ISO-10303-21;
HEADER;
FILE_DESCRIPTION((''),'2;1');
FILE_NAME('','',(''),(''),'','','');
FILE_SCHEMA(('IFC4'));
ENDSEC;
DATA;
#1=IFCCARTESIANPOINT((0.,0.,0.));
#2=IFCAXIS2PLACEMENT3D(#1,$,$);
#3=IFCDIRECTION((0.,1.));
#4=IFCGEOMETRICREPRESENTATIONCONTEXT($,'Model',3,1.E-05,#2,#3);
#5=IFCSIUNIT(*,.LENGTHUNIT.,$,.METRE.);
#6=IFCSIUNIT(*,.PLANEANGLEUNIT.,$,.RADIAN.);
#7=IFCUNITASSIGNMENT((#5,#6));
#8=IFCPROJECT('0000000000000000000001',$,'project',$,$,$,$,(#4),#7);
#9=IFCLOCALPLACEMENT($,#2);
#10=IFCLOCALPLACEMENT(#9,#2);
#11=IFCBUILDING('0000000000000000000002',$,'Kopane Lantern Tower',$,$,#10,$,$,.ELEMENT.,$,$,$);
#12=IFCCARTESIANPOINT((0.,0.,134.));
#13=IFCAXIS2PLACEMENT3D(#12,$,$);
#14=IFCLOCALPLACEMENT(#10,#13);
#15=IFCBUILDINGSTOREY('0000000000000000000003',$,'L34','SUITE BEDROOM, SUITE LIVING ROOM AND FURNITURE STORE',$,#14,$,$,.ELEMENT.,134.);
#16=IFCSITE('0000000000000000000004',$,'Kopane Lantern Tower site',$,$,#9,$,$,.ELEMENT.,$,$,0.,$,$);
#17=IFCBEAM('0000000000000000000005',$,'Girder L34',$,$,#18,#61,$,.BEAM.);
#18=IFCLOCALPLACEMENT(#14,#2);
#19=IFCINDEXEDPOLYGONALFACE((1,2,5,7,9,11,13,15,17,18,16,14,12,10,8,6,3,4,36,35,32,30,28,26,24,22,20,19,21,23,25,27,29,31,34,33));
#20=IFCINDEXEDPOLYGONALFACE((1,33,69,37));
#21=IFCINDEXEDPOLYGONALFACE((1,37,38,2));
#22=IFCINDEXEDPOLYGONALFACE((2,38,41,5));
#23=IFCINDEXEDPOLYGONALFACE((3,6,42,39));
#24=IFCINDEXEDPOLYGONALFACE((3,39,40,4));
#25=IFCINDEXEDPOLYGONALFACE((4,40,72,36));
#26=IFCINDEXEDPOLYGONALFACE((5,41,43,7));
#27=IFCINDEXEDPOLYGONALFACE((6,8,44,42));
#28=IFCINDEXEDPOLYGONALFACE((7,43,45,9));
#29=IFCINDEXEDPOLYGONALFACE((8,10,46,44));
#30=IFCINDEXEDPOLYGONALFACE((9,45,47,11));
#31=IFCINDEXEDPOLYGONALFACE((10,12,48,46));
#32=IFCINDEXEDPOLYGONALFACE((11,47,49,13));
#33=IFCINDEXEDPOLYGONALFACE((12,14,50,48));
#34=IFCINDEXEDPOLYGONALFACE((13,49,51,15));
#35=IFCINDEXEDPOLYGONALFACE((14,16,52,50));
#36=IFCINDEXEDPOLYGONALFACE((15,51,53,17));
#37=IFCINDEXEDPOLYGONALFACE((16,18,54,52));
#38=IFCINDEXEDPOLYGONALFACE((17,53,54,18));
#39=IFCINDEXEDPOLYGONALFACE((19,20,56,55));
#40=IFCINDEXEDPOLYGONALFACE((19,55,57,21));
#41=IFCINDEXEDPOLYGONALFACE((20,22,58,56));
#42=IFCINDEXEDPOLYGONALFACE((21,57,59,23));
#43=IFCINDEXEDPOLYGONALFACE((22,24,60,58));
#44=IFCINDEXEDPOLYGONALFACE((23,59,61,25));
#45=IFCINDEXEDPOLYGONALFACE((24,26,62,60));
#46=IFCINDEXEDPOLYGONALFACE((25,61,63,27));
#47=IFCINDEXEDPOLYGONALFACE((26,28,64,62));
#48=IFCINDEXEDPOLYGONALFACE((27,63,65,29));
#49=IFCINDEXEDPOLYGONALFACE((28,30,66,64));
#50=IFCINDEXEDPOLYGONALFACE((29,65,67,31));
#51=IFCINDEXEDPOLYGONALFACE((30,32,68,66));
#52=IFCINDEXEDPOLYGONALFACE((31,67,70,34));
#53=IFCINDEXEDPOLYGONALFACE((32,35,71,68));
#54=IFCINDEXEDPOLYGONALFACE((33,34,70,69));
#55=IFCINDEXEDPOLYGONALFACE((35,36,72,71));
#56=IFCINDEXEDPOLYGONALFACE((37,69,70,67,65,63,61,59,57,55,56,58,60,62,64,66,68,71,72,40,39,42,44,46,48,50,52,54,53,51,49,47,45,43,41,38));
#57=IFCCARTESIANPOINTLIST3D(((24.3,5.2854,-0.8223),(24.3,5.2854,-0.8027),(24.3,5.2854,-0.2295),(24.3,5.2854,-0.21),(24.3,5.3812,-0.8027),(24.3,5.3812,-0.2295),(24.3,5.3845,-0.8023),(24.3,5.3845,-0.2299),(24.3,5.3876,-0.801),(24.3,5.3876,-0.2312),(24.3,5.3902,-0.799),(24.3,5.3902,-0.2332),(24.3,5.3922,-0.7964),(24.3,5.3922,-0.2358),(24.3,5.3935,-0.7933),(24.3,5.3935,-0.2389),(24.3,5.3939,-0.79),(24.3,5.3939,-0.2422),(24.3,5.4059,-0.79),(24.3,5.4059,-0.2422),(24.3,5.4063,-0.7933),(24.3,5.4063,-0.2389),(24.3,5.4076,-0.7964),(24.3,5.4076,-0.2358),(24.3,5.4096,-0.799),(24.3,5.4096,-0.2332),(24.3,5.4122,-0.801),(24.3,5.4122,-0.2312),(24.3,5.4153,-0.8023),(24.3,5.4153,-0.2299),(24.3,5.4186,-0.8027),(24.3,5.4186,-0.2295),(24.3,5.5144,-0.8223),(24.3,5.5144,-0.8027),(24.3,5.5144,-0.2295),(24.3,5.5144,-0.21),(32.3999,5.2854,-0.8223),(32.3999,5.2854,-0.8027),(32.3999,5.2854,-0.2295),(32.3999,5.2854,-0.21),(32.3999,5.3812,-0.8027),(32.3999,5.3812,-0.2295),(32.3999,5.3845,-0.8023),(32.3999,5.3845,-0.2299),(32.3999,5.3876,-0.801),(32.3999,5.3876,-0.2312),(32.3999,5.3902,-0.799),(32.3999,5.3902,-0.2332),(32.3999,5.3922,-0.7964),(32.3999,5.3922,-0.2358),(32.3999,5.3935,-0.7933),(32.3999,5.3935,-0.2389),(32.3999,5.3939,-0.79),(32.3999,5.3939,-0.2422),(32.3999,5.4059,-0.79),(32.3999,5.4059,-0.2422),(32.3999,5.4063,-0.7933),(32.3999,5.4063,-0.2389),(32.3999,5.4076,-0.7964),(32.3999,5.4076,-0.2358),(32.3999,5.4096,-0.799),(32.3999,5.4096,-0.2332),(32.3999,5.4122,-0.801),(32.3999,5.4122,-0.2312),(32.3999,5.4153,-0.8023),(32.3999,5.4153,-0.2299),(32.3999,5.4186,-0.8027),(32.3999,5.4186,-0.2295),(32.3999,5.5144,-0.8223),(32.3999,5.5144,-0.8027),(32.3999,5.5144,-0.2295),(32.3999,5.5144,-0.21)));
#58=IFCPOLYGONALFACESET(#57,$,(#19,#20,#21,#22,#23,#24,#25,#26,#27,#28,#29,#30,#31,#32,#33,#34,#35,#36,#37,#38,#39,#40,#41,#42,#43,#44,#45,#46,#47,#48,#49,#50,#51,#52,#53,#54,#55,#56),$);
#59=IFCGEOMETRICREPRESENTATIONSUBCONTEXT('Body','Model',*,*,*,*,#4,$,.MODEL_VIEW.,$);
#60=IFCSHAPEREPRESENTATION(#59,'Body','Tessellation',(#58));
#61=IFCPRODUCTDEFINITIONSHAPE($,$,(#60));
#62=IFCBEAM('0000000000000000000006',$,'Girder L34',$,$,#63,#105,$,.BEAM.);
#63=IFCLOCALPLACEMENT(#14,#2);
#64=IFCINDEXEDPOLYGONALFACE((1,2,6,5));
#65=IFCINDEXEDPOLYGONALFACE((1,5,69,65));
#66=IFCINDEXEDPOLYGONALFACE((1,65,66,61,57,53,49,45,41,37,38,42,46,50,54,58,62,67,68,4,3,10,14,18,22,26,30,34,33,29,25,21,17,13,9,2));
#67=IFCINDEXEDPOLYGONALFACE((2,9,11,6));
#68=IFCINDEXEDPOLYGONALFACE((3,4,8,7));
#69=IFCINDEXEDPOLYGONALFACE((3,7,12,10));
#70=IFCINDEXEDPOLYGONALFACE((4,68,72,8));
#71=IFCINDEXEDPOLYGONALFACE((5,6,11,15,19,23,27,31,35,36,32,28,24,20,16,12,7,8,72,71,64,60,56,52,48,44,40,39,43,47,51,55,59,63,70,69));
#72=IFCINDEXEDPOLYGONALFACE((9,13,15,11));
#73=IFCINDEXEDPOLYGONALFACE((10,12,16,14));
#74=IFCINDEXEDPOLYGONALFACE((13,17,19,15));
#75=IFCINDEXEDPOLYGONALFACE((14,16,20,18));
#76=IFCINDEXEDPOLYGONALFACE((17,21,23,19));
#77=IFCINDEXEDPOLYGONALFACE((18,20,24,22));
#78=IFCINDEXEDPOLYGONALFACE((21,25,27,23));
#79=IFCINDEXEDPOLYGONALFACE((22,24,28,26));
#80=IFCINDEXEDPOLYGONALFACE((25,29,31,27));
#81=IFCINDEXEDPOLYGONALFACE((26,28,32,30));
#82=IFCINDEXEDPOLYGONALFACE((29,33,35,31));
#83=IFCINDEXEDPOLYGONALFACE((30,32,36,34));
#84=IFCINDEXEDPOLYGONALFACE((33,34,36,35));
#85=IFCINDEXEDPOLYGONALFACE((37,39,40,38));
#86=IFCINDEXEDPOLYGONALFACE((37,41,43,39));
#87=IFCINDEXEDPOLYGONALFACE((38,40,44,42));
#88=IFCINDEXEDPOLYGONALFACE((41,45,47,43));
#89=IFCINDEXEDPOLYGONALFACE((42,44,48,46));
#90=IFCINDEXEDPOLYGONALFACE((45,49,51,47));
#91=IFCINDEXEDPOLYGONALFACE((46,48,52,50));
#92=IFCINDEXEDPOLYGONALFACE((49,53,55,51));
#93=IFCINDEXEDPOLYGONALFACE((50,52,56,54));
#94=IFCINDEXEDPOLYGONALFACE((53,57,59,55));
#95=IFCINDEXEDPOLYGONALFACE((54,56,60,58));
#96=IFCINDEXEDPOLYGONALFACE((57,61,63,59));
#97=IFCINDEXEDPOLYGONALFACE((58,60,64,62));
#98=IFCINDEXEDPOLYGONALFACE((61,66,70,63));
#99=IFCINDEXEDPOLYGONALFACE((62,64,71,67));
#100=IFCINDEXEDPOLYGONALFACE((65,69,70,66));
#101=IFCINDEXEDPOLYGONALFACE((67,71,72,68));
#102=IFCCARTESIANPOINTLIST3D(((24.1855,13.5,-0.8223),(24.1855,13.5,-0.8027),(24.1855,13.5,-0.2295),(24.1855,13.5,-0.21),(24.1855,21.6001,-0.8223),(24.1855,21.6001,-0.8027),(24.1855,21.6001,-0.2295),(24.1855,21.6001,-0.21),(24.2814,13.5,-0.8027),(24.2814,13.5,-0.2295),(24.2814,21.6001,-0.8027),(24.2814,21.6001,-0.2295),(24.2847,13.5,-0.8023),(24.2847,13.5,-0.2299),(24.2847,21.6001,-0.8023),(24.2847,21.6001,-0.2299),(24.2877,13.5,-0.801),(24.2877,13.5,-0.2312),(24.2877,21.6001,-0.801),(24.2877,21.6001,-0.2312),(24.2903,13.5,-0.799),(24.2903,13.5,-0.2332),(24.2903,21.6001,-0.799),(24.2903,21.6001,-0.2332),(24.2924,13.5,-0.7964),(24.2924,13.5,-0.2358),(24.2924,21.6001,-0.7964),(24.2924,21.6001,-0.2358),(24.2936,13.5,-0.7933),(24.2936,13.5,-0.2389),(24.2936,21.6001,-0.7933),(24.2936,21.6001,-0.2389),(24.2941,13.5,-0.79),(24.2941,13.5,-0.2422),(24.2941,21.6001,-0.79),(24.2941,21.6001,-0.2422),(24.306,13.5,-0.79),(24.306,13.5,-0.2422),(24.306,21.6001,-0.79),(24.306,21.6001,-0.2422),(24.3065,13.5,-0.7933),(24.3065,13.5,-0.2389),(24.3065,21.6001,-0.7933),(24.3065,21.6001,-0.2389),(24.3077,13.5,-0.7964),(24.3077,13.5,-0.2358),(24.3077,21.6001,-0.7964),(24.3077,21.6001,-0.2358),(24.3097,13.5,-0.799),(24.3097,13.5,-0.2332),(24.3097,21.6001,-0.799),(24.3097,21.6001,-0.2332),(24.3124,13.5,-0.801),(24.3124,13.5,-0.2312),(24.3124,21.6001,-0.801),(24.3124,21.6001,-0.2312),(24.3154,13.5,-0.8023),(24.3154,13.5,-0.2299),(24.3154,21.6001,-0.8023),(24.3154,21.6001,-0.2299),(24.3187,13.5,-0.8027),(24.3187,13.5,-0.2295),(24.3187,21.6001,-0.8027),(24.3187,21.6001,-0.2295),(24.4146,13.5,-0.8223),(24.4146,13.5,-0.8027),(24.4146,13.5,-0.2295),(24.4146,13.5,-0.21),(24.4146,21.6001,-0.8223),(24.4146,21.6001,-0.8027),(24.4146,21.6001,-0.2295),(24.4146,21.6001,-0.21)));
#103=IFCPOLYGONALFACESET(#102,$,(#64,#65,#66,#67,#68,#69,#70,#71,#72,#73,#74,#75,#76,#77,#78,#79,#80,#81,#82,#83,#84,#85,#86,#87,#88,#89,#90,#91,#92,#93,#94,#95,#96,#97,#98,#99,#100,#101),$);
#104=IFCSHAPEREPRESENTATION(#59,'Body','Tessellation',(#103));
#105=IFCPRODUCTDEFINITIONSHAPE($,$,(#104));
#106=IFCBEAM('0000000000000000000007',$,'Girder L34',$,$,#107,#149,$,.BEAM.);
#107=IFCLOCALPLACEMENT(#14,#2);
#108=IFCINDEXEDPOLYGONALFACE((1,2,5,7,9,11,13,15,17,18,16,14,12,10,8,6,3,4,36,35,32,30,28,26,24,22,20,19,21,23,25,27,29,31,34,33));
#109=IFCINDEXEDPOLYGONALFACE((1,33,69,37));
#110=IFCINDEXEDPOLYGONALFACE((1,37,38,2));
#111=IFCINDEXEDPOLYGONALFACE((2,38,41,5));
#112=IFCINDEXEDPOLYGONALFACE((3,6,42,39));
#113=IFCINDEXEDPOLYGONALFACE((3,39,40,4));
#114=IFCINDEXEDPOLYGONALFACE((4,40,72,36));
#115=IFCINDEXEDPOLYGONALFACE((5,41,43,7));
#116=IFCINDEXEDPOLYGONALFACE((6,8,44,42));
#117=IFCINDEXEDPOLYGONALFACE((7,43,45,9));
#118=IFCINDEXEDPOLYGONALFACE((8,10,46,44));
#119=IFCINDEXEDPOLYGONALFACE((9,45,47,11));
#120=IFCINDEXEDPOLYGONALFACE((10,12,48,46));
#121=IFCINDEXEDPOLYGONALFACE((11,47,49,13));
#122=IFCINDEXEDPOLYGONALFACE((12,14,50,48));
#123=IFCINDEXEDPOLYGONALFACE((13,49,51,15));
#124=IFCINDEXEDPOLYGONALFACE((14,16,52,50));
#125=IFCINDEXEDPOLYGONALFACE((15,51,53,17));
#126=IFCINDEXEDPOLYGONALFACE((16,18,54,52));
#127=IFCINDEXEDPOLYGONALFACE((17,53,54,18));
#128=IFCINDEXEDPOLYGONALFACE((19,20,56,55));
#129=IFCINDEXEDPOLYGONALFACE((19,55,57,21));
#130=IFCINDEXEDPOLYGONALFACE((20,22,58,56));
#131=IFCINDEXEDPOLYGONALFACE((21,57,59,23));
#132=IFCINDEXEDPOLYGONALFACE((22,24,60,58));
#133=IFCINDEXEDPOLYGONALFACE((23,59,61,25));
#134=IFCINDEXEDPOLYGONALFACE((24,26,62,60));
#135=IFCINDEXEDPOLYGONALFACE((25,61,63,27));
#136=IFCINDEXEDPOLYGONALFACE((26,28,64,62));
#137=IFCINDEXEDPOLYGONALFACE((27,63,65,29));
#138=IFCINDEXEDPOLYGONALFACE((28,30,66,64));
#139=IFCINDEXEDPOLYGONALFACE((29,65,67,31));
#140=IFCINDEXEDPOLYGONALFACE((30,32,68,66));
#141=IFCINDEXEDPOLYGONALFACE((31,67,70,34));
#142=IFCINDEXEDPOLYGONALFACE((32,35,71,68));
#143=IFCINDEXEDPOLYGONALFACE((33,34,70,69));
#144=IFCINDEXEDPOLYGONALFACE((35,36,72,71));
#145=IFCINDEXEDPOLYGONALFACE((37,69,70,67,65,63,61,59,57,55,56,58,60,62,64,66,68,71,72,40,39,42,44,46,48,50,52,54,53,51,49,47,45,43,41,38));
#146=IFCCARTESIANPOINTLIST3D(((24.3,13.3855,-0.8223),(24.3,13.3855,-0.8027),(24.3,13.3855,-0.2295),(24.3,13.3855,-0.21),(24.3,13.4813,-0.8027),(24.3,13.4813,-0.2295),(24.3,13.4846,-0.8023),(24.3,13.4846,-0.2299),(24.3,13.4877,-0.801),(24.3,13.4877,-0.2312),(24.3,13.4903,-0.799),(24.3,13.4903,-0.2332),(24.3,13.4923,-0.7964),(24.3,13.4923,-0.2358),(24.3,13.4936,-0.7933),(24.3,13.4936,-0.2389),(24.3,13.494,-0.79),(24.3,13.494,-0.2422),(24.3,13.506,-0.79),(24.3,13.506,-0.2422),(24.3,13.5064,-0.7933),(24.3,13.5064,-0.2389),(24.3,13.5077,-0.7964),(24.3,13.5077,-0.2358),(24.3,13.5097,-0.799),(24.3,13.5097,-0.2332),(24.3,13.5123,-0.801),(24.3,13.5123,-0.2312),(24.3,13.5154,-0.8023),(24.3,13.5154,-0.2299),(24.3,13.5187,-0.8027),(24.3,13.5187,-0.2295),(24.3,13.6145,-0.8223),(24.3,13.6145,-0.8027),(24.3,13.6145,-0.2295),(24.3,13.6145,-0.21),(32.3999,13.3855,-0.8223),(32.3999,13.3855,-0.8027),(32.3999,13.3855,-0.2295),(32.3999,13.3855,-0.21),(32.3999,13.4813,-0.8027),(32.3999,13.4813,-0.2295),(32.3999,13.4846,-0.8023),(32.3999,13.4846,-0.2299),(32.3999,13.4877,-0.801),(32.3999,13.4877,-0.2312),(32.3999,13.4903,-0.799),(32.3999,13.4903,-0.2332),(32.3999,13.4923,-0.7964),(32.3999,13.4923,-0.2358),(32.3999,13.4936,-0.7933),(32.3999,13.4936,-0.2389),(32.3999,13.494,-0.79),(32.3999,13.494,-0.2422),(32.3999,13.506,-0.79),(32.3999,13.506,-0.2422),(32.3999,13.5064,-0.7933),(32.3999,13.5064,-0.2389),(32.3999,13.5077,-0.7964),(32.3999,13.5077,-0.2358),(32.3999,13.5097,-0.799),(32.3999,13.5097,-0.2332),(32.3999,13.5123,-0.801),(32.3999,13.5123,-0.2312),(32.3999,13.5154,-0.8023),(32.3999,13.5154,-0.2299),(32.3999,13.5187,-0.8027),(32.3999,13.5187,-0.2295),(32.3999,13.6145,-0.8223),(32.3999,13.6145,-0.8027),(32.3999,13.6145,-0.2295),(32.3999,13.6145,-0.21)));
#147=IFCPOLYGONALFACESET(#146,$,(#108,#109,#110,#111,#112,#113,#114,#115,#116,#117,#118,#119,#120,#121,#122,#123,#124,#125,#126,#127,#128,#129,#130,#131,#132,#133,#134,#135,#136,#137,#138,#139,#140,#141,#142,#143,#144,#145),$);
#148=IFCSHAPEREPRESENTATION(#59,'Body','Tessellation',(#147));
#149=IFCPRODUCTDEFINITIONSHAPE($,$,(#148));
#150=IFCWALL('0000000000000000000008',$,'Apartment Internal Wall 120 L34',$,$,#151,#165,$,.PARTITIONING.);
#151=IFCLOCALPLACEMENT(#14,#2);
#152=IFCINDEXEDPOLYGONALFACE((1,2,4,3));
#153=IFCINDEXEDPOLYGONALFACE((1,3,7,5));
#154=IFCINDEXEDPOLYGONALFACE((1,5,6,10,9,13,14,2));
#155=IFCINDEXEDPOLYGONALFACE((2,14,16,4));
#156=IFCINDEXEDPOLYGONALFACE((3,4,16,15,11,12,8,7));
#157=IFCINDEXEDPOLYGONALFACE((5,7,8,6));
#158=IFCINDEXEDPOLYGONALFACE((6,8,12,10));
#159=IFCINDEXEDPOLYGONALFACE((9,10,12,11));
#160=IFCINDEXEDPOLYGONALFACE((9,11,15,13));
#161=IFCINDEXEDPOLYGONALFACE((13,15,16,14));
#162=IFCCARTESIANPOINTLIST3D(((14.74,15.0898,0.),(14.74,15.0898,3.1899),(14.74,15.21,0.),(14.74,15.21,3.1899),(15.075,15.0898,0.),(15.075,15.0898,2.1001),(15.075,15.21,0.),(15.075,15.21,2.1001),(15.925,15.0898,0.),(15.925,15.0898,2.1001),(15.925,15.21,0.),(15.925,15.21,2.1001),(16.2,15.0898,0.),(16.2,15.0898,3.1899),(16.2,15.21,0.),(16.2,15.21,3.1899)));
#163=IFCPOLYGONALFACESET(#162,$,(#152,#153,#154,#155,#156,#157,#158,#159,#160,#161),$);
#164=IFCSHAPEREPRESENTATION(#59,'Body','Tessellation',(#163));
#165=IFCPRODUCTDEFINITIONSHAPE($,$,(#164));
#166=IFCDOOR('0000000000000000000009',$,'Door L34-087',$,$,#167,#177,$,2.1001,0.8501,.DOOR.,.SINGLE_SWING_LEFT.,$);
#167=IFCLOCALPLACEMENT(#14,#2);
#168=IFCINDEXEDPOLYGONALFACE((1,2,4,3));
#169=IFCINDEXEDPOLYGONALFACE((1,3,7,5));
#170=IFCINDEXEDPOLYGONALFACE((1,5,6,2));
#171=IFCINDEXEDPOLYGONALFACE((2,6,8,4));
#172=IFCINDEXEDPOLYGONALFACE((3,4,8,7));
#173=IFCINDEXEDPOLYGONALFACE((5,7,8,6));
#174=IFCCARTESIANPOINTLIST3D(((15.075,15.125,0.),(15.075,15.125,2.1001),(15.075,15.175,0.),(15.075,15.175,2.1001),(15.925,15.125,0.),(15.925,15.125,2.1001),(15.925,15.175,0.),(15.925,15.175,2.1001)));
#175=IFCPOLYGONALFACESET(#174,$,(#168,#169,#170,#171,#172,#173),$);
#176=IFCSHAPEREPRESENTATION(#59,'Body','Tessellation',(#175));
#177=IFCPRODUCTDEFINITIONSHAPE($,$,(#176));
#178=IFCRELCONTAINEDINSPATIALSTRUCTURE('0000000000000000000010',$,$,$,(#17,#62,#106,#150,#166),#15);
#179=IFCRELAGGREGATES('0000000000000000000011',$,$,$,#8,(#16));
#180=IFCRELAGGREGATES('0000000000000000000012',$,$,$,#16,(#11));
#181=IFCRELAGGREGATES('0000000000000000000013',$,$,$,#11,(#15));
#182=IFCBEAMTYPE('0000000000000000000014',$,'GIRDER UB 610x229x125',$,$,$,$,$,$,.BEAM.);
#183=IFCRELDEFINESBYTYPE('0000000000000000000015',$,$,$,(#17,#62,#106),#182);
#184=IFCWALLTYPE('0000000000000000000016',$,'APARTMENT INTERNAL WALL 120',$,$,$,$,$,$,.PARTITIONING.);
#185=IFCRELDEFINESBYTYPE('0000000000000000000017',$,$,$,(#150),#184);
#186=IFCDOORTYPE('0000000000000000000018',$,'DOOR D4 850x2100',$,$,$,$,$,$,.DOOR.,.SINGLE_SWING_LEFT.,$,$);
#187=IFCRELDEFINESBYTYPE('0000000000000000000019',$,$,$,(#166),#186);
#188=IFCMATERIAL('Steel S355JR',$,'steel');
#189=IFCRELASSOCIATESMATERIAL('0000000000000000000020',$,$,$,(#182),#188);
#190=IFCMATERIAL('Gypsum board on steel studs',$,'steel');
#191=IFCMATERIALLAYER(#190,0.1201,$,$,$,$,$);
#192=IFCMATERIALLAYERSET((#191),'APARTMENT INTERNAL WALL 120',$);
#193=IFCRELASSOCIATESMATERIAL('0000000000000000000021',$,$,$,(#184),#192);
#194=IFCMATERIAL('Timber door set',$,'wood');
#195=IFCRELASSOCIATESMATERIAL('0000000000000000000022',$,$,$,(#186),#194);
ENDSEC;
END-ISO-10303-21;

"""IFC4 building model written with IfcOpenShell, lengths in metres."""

from ifc_helpers import new_model, si_unit, direction, frame, frame_2d, origin, origin_2d, place, context, subcontext, project, spatial, rectangle, i_section, extrude, material, layer, layer_set, material_profile, profile_set, type_object, element, fill, save


model = new_model("IFC4")

# Units and contexts
model_context = context("Model", 3, precision=1e-05, world=origin(), true_north=direction((0.0, 1.0)))
body_context = subcontext(model_context, "Body", "Model", "MODEL_VIEW")
ifc_project = project(units=[si_unit("LENGTHUNIT", "METRE"), si_unit("PLANEANGLEUNIT", "RADIAN")], contexts=[model_context])

# Site, building, storey
site_placement = place(None, origin())
site = spatial("IfcSite", under=ifc_project, at=site_placement, Name="Kopane Lantern Tower site", CompositionType="ELEMENT", RefElevation=0.0)
building_placement = place(site_placement, origin())
building = spatial("IfcBuilding", under=site, at=building_placement, Name="Kopane Lantern Tower", CompositionType="ELEMENT")
storey_placement = place(building_placement, frame((0.0, 0.0, 134.0)))
storey = spatial("IfcBuildingStorey", under=building, at=storey_placement, Name="L34", Description="SUITE BEDROOM, SUITE LIVING ROOM AND FURNITURE STORE", CompositionType="ELEMENT", Elevation=134.0)

# Beams
ifc_material_1 = material(Name="Steel S355JR", Category="steel")
ifc_material_profile_1 = material_profile(ifc_material_1, i_section(OverallWidth=0.229, OverallDepth=0.6123, WebThickness=0.012, FlangeThickness=0.0195, FilletRadius=0.0127, at=origin_2d()), Name="UB 610x229x125")
ifc_profile_set_1 = profile_set([ifc_material_profile_1], Name="Steel S355JR")
beam_type = type_object("IfcBeamType", Name="GIRDER UB 610x229x125", PredefinedType="BEAM", material=ifc_profile_set_1)
beam_1_placement = place(storey_placement, frame((24.3, 5.3999, -0.5161), z_axis=(1.0, 0.0, 0.0), x_axis=(0.0, 1.0, 0.0)))
element("IfcBeam", 1, at=beam_1_placement, inside=storey, type_object=beam_type, Name="Girder L34", PredefinedType="BEAM", context=body_context, shape_type="SweptSolid", body=[
    extrude(i_section(OverallWidth=0.229, OverallDepth=0.6123, WebThickness=0.012, FlangeThickness=0.0195, FilletRadius=0.0127, at=origin_2d()), origin(), (0.0, 0.0, 1.0), 8.0999),
])
beam_2_placement = place(storey_placement, frame((24.3, 13.5, -0.5161), z_axis=(0.0, 1.0, 0.0), x_axis=(-1.0, 0.0, 0.0)))
element("IfcBeam", 2, at=beam_2_placement, inside=storey, type_object=beam_type, Name="Girder L34", PredefinedType="BEAM", context=body_context, shape_type="SweptSolid", body=[
    extrude(i_section(OverallWidth=0.229, OverallDepth=0.6123, WebThickness=0.012, FlangeThickness=0.0195, FilletRadius=0.0127, at=origin_2d()), origin(), (0.0, 0.0, 1.0), 8.1001),
])
beam_3_placement = place(storey_placement, frame((24.3, 13.5, -0.5161), z_axis=(1.0, 0.0, 0.0), x_axis=(0.0, 1.0, 0.0)))
element("IfcBeam", 3, at=beam_3_placement, inside=storey, type_object=beam_type, Name="Girder L34", PredefinedType="BEAM", context=body_context, shape_type="SweptSolid", body=[
    extrude(i_section(OverallWidth=0.229, OverallDepth=0.6123, WebThickness=0.012, FlangeThickness=0.0195, FilletRadius=0.0127, at=origin_2d()), origin(), (0.0, 0.0, 1.0), 8.0999),
])

# Wall, opening, door
ifc_material_2 = material(Name="Gypsum board on steel studs", Category="steel")
ifc_layer_1 = layer(ifc_material_2, 0.1201)
ifc_layer_set_1 = layer_set([ifc_layer_1], Name="APARTMENT INTERNAL WALL 120")
wall_type_1 = type_object("IfcWallType", Name="APARTMENT INTERNAL WALL 120", PredefinedType="PARTITIONING", material=ifc_layer_set_1)
wall_1_placement = place(storey_placement, frame((16.2, 15.1499, 0.0), z_axis=(0.0, 0.0, 1.0), x_axis=(-1.0, 0.0, 0.0)))
wall_1 = element("IfcWall", 4, at=wall_1_placement, inside=storey, type_object=wall_type_1, Name="Apartment Internal Wall 120 L34", PredefinedType="PARTITIONING", context=body_context, shape_type="SweptSolid", body=[
    extrude(rectangle(XDim=1.46, YDim=0.1201, at=frame_2d((0.73, 0.0))), origin(), (0.0, 0.0, 1.0), 3.1899),
])
opening_1_placement = place(wall_1_placement, frame((0.2749, 0.0, 0.0)))
opening_1 = element("IfcOpeningElement", 5, at=opening_1_placement, cuts=wall_1, PredefinedType="OPENING", context=body_context, shape_type="SweptSolid", body=[
    extrude(rectangle(XDim=0.8501, YDim=2.1001, at=frame_2d((0.425, 1.05))), frame((0.0, 0.0701, 0.0), z_axis=(0.0, -1.0, 0.0), x_axis=(1.0, 0.0, 0.0)), (0.0, 0.0, 1.0), 0.1401),
])
ifc_material_3 = material(Name="Timber door set", Category="wood")
door_type = type_object("IfcDoorType", Name="DOOR D4 850x2100", OperationType="SINGLE_SWING_LEFT", PredefinedType="DOOR", material=ifc_material_3)
door_1_placement = place(opening_1_placement, origin())
door_1 = element("IfcDoor", 6, at=door_1_placement, inside=storey, type_object=door_type, Name="Door L34-087", OperationType="SINGLE_SWING_LEFT", OverallHeight=2.1001, OverallWidth=0.8501, PredefinedType="DOOR", context=body_context, shape_type="SweptSolid", body=[
    extrude(rectangle(XDim=0.8501, YDim=2.1001, at=frame_2d((0.425, 1.05))), frame((0.0, 0.0249, 0.0), z_axis=(0.0, -1.0, 0.0), x_axis=(1.0, 0.0, 0.0)), (0.0, 0.0, 1.0), 0.05),
])
fill(opening_1, door_1)

save(model, "model.ifc")
